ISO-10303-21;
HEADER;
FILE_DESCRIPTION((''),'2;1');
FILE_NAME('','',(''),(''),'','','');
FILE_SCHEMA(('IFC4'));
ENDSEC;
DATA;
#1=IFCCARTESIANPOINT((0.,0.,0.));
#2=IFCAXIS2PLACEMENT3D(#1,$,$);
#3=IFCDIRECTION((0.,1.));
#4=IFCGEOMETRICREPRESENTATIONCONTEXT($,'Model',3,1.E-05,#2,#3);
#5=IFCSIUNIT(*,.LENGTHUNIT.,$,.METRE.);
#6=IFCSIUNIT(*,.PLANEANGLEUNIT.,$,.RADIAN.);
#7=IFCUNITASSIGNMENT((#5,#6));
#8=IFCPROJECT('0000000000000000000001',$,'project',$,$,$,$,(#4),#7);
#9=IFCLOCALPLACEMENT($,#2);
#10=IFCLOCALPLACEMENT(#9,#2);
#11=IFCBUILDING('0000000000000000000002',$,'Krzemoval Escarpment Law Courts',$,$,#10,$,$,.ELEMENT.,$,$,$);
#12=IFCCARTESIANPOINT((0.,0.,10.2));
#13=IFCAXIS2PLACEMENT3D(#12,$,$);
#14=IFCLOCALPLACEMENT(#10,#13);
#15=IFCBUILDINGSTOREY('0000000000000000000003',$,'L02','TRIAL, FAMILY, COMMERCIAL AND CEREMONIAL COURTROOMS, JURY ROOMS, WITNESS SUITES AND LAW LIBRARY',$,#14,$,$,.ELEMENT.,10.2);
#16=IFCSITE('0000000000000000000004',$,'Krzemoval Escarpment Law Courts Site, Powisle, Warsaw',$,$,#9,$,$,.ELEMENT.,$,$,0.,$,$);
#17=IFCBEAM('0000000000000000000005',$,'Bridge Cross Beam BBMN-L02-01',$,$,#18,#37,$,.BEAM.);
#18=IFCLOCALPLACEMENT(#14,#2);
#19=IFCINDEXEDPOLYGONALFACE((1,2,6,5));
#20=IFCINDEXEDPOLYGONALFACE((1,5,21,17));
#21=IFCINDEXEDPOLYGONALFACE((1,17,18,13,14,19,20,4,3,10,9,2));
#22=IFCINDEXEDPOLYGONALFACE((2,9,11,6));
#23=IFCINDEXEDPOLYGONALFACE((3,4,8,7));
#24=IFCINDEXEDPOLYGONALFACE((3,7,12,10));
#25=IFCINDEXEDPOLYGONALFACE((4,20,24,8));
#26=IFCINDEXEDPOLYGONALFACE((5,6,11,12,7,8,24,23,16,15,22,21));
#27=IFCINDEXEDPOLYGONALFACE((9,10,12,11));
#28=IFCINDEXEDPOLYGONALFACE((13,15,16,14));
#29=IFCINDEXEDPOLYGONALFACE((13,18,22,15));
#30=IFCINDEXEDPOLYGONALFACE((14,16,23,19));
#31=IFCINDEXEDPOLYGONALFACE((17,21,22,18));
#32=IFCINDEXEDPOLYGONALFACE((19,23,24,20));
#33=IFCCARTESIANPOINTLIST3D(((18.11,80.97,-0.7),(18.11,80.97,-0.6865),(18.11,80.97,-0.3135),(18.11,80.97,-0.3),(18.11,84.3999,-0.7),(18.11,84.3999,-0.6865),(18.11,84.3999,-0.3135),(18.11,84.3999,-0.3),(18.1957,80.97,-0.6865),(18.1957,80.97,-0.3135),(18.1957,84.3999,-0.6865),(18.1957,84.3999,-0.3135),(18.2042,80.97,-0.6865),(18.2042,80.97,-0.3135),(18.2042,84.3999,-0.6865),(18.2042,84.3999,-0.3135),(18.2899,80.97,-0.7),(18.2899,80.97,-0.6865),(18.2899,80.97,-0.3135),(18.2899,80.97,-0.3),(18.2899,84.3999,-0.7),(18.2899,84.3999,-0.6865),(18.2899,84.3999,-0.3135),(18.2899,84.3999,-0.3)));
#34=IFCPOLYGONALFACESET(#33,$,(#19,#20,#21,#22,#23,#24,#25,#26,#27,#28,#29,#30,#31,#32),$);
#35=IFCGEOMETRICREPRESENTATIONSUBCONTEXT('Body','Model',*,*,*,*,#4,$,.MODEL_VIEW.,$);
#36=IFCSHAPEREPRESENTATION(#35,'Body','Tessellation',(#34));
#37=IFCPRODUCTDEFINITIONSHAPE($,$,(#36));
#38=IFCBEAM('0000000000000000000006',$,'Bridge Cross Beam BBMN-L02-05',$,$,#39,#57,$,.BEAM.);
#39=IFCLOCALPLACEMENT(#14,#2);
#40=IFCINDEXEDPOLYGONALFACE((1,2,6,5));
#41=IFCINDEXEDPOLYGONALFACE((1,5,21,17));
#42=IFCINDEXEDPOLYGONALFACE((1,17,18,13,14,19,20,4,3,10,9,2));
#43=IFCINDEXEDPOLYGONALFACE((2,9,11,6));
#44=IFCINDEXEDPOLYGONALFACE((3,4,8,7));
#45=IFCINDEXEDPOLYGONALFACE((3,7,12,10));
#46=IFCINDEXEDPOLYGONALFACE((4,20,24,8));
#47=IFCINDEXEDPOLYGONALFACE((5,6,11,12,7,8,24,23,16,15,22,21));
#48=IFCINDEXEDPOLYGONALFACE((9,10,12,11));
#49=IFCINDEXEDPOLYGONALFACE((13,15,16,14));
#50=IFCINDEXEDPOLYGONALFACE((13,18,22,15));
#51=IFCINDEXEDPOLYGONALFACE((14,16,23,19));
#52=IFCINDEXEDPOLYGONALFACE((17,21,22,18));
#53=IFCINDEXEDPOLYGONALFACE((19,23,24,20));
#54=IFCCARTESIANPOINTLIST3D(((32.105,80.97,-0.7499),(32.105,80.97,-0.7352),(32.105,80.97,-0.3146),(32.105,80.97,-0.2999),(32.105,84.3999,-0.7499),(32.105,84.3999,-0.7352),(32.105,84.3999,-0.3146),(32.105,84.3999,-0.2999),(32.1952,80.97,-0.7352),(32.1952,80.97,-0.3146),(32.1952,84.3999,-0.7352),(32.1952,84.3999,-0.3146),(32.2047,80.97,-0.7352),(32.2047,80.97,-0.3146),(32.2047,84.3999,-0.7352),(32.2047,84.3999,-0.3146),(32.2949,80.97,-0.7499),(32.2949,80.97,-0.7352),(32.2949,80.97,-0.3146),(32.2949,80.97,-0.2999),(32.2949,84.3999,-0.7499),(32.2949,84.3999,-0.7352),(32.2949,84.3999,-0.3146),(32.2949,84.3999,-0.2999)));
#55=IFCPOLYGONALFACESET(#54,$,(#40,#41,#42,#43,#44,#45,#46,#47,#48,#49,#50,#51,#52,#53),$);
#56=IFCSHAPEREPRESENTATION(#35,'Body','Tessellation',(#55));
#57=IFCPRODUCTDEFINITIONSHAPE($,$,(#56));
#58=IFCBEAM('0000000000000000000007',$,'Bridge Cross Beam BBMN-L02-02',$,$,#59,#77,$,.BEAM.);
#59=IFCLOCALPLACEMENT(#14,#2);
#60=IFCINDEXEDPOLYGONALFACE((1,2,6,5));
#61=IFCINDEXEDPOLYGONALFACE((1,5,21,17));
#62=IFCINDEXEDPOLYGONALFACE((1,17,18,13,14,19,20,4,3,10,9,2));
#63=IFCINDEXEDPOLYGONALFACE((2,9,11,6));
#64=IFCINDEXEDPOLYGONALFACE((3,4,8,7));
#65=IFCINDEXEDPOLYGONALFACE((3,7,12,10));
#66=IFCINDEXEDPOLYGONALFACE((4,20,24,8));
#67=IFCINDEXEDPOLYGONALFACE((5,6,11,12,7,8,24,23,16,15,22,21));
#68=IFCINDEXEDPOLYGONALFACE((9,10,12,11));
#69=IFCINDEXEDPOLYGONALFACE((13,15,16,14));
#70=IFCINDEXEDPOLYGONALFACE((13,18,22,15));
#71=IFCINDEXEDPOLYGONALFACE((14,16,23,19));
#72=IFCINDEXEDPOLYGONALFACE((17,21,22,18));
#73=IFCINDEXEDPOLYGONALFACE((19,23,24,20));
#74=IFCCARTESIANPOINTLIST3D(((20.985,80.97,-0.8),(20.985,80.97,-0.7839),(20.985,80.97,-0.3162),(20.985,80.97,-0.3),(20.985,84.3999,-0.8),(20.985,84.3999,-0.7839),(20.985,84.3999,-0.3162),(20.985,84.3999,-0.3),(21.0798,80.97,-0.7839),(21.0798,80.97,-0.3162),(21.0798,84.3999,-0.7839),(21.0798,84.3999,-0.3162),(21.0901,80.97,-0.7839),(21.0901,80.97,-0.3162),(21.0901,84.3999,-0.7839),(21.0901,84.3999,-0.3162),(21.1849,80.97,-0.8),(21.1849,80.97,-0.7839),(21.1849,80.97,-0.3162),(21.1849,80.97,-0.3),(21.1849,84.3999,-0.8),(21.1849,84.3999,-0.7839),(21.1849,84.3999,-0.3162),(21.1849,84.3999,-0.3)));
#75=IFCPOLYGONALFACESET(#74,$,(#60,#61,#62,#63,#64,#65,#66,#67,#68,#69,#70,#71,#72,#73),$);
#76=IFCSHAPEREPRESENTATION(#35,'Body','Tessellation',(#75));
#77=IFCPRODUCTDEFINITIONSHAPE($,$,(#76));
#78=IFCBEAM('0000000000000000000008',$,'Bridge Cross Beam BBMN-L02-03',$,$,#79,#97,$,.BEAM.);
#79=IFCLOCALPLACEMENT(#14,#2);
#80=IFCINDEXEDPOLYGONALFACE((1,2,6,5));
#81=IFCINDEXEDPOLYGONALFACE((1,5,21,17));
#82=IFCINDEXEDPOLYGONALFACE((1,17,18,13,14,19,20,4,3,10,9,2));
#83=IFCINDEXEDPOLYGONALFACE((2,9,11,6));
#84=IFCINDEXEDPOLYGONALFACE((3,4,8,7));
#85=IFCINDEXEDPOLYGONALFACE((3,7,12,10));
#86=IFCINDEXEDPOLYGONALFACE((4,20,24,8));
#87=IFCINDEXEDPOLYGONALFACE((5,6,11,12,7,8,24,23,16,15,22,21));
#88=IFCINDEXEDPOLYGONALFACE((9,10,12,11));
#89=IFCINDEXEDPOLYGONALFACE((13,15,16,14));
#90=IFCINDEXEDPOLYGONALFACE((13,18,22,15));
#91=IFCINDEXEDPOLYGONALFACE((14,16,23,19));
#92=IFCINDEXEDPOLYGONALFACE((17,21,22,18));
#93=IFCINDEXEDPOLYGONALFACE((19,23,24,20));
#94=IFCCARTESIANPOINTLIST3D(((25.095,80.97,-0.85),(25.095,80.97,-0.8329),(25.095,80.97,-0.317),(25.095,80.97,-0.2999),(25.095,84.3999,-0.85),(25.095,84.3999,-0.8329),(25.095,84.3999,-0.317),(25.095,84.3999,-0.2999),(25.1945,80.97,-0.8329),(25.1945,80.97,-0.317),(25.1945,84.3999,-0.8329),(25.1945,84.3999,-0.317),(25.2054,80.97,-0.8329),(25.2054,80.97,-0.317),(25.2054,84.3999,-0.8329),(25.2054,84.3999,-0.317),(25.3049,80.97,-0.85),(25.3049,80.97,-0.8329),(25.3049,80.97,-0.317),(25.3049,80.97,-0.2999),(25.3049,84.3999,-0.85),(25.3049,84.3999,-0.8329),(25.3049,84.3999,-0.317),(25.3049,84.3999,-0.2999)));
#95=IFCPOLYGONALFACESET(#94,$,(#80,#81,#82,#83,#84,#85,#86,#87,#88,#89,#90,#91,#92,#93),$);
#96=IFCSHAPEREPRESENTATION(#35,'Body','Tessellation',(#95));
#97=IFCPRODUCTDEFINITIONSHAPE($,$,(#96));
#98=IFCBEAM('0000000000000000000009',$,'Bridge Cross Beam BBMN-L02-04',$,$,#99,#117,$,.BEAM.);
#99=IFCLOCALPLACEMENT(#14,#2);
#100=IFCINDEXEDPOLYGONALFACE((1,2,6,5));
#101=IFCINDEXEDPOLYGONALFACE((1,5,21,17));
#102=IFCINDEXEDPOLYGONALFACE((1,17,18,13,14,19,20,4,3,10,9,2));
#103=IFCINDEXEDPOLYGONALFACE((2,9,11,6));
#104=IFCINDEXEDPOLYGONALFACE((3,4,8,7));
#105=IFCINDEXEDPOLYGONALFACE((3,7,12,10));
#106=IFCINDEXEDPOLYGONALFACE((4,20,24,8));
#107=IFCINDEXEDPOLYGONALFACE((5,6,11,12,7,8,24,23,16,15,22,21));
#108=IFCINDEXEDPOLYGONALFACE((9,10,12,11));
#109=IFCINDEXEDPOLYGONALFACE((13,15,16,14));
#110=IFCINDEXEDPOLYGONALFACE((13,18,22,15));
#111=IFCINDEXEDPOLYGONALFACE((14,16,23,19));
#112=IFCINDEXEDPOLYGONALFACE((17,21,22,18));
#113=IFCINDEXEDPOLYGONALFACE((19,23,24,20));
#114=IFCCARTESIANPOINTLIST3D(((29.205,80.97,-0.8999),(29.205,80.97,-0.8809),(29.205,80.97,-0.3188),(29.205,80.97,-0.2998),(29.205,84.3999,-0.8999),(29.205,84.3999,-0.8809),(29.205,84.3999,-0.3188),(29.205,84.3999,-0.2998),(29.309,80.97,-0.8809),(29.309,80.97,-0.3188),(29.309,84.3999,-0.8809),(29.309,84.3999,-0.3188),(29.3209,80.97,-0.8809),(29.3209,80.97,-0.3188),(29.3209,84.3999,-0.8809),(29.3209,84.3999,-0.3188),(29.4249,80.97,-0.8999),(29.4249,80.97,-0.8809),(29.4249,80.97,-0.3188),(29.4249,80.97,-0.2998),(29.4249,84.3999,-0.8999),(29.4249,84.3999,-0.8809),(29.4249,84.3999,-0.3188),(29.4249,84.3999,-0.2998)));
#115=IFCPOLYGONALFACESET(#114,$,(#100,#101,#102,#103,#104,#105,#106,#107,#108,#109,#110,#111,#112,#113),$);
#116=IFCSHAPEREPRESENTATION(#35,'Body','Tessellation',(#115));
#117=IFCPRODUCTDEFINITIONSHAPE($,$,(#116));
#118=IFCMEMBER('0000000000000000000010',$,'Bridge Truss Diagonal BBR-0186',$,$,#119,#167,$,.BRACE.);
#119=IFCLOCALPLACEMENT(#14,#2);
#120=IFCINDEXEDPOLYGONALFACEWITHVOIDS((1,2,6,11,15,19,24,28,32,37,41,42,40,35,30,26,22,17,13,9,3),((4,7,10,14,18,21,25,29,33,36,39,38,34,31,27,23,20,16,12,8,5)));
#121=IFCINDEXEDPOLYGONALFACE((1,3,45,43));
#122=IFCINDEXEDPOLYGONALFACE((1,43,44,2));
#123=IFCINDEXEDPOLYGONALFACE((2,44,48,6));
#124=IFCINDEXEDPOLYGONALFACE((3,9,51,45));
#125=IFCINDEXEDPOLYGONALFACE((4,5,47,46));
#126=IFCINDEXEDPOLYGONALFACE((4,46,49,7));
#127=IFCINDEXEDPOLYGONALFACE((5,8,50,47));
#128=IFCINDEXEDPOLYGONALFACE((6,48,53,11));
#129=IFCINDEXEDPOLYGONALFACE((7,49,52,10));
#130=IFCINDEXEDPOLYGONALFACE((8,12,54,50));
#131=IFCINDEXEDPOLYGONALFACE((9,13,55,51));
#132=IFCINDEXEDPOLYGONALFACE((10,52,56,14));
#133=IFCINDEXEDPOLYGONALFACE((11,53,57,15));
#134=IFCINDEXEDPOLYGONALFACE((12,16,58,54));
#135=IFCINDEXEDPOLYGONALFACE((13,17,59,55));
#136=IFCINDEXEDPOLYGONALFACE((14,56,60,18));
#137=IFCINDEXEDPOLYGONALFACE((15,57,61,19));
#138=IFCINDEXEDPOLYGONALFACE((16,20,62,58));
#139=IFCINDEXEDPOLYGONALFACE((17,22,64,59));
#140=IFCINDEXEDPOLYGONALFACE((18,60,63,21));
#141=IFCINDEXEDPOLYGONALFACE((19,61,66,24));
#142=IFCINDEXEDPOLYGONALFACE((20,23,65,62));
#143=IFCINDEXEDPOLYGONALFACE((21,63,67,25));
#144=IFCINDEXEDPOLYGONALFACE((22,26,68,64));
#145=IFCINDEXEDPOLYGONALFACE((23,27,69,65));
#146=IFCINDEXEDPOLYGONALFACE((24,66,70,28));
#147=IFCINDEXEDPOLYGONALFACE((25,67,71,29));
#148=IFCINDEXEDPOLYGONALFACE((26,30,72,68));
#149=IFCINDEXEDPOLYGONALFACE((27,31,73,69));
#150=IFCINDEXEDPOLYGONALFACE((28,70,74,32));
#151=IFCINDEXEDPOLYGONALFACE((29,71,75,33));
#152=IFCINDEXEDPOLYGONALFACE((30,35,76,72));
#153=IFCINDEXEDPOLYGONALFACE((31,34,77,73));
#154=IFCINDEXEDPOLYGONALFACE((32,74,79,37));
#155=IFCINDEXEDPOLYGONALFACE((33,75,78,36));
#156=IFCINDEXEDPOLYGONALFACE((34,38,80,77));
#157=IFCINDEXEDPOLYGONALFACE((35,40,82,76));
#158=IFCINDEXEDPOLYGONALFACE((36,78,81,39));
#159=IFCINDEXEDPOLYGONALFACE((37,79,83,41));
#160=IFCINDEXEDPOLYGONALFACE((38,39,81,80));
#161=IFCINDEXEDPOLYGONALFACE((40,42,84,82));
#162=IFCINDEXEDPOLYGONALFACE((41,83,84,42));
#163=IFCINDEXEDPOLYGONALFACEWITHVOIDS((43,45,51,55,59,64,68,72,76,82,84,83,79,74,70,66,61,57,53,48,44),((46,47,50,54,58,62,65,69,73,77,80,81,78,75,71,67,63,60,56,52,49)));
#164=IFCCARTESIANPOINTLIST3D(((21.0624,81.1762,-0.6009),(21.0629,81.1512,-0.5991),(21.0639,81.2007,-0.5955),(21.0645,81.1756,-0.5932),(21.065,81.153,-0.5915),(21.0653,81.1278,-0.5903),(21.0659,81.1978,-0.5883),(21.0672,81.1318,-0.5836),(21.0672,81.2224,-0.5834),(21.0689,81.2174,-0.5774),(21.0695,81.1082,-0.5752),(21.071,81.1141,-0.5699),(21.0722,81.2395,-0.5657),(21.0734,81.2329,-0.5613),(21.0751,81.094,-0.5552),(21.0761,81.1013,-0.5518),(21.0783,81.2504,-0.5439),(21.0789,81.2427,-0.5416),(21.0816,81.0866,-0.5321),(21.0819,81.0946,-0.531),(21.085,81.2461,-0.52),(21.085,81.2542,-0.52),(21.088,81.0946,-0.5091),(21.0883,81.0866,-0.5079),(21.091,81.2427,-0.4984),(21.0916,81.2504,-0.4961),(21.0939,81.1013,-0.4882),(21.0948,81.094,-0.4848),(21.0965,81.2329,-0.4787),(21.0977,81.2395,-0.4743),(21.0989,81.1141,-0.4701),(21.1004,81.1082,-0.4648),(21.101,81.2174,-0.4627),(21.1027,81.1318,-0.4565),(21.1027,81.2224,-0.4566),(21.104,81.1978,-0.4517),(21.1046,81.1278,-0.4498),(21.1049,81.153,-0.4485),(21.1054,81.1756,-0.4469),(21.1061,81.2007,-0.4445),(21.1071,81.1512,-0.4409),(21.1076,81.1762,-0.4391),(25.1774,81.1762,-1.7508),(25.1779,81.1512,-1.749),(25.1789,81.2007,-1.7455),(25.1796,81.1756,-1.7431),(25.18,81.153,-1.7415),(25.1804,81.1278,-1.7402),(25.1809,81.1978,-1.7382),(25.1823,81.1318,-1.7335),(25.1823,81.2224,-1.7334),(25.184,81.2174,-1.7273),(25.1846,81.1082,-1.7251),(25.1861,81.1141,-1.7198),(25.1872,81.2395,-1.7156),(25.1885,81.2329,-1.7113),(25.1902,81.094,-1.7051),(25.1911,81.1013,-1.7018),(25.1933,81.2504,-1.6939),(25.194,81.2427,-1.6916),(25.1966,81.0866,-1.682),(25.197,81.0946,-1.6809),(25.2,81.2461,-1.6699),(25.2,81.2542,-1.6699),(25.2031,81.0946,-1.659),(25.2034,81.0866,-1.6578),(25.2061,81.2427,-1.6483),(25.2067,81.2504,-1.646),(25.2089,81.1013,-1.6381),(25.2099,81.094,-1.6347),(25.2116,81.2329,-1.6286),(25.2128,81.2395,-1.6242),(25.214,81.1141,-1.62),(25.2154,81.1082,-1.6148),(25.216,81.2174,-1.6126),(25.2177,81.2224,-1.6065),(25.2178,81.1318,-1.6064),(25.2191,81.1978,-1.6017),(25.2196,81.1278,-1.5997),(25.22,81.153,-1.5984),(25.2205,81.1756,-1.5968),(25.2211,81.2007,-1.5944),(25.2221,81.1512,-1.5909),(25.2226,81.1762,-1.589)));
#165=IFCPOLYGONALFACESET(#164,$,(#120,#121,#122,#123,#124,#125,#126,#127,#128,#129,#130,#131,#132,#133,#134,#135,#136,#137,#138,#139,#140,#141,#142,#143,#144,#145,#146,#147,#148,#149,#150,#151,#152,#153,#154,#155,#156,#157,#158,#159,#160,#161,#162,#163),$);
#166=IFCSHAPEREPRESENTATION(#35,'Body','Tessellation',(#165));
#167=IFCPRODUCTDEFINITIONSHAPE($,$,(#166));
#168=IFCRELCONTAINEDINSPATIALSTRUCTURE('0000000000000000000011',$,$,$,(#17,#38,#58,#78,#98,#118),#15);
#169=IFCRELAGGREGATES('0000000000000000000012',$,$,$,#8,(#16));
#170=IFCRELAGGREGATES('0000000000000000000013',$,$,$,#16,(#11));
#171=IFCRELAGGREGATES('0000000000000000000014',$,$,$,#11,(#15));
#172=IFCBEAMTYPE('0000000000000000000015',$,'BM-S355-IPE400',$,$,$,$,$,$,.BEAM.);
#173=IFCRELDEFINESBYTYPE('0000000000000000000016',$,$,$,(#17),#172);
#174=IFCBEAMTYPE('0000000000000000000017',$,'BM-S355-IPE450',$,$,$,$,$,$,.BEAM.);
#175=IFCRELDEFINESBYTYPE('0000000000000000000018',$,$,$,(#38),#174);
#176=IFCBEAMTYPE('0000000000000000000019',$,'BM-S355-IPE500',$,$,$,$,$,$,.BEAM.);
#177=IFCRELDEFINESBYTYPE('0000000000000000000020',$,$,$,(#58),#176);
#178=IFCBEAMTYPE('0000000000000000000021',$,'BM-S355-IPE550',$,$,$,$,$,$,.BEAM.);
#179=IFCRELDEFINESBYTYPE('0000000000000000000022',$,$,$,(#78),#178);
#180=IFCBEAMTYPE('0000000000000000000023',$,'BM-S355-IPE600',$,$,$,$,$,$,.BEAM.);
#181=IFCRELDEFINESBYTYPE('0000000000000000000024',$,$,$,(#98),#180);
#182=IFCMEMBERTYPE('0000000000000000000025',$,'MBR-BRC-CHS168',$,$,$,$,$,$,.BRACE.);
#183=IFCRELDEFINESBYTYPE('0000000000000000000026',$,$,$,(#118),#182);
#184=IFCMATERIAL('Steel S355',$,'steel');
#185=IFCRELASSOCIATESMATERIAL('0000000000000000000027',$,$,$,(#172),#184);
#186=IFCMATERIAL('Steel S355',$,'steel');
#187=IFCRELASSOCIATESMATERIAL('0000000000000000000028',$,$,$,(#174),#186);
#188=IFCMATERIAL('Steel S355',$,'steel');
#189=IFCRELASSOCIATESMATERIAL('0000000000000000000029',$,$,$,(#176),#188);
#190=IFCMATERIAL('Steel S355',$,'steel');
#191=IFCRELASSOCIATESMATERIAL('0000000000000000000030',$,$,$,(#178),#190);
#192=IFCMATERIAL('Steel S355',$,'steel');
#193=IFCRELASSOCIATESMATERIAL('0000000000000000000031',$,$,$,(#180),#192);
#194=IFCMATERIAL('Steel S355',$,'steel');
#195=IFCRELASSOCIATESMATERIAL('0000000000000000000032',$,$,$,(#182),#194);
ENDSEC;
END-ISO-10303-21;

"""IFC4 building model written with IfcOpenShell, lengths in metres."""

from ifc_helpers import new_model, si_unit, direction, frame, origin, origin_2d, place, context, subcontext, project, spatial, hollow_circle, i_section, extrude, material, material_profile, profile_set, type_object, element, save


model = new_model("IFC4")

# Units and contexts
model_context = context("Model", 3, precision=1e-05, world=origin(), true_north=direction((0.0, 1.0)))
body_context = subcontext(model_context, "Body", "Model", "MODEL_VIEW")
ifc_project = project(units=[si_unit("LENGTHUNIT", "METRE"), si_unit("PLANEANGLEUNIT", "RADIAN")], contexts=[model_context])

# Site, building, storey
site_placement = place(None, origin())
site = spatial("IfcSite", under=ifc_project, at=site_placement, Name="Krzemoval Escarpment Law Courts Site, Powisle, Warsaw", CompositionType="ELEMENT", RefElevation=0.0)
building_placement = place(site_placement, origin())
building = spatial("IfcBuilding", under=site, at=building_placement, Name="Krzemoval Escarpment Law Courts", CompositionType="ELEMENT")
storey_placement = place(building_placement, frame((0.0, 0.0, 10.2)))
storey = spatial("IfcBuildingStorey", under=building, at=storey_placement, Name="L02", Description="TRIAL, FAMILY, COMMERCIAL AND CEREMONIAL COURTROOMS, JURY ROOMS, WITNESS SUITES AND LAW LIBRARY", CompositionType="ELEMENT", Elevation=10.2)

# Beams
ifc_material_1 = material(Name="Steel S355", Category="steel")
ifc_material_profile_1 = material_profile(ifc_material_1, i_section(OverallWidth=0.1799, OverallDepth=0.3999, WebThickness=0.0085, FlangeThickness=0.0134, at=origin_2d()), Name="IPE 400")
ifc_profile_set_1 = profile_set([ifc_material_profile_1], Name="Steel S355")
beam_type_1 = type_object("IfcBeamType", Name="BM-S355-IPE400", PredefinedType="BEAM", material=ifc_profile_set_1)
beam_1_placement = place(storey_placement, frame((18.2, 80.97, -0.5), z_axis=(0.0, 1.0, 0.0), x_axis=(-1.0, 0.0, 0.0)))
element("IfcBeam", 1, at=beam_1_placement, inside=storey, type_object=beam_type_1, Name="Bridge Cross Beam BBMN-L02-01", PredefinedType="BEAM", context=body_context, shape_type="SweptSolid", body=[
    extrude(i_section(OverallWidth=0.1799, OverallDepth=0.3999, WebThickness=0.0085, FlangeThickness=0.0134, at=origin_2d()), origin(), (0.0, 0.0, 1.0), 3.4299),
])
ifc_material_2 = material(Name="Steel S355", Category="steel")
ifc_material_profile_2 = material_profile(ifc_material_2, i_section(OverallWidth=0.1899, OverallDepth=0.45, WebThickness=0.0095, FlangeThickness=0.0146, at=origin_2d()), Name="IPE 450")
ifc_profile_set_2 = profile_set([ifc_material_profile_2], Name="Steel S355")
beam_type_2 = type_object("IfcBeamType", Name="BM-S355-IPE450", PredefinedType="BEAM", material=ifc_profile_set_2)
beam_2_placement = place(storey_placement, frame((32.2, 80.97, -0.5249), z_axis=(0.0, 1.0, 0.0), x_axis=(-1.0, 0.0, 0.0)))
element("IfcBeam", 2, at=beam_2_placement, inside=storey, type_object=beam_type_2, Name="Bridge Cross Beam BBMN-L02-05", PredefinedType="BEAM", context=body_context, shape_type="SweptSolid", body=[
    extrude(i_section(OverallWidth=0.1899, OverallDepth=0.45, WebThickness=0.0095, FlangeThickness=0.0146, at=origin_2d()), origin(), (0.0, 0.0, 1.0), 3.4299),
])
ifc_material_3 = material(Name="Steel S355", Category="steel")
ifc_material_profile_3 = material_profile(ifc_material_3, i_section(OverallWidth=0.2, OverallDepth=0.5, WebThickness=0.0103, FlangeThickness=0.0161, at=origin_2d()), Name="IPE 500")
ifc_profile_set_3 = profile_set([ifc_material_profile_3], Name="Steel S355")
beam_type_3 = type_object("IfcBeamType", Name="BM-S355-IPE500", PredefinedType="BEAM", material=ifc_profile_set_3)
beam_3_placement = place(storey_placement, frame((21.085, 80.97, -0.55), z_axis=(0.0, 1.0, 0.0), x_axis=(-1.0, 0.0, 0.0)))
element("IfcBeam", 3, at=beam_3_placement, inside=storey, type_object=beam_type_3, Name="Bridge Cross Beam BBMN-L02-02", PredefinedType="BEAM", context=body_context, shape_type="SweptSolid", body=[
    extrude(i_section(OverallWidth=0.2, OverallDepth=0.5, WebThickness=0.0103, FlangeThickness=0.0161, at=origin_2d()), origin(), (0.0, 0.0, 1.0), 3.4299),
])
ifc_material_4 = material(Name="Steel S355", Category="steel")
ifc_material_profile_4 = material_profile(ifc_material_4, i_section(OverallWidth=0.21, OverallDepth=0.55, WebThickness=0.011, FlangeThickness=0.0171, at=origin_2d()), Name="IPE 550")
ifc_profile_set_4 = profile_set([ifc_material_profile_4], Name="Steel S355")
beam_type_4 = type_object("IfcBeamType", Name="BM-S355-IPE550", PredefinedType="BEAM", material=ifc_profile_set_4)
beam_4_placement = place(storey_placement, frame((25.2, 80.97, -0.575), z_axis=(0.0, 1.0, 0.0), x_axis=(-1.0, 0.0, 0.0)))
element("IfcBeam", 4, at=beam_4_placement, inside=storey, type_object=beam_type_4, Name="Bridge Cross Beam BBMN-L02-03", PredefinedType="BEAM", context=body_context, shape_type="SweptSolid", body=[
    extrude(i_section(OverallWidth=0.21, OverallDepth=0.55, WebThickness=0.011, FlangeThickness=0.0171, at=origin_2d()), origin(), (0.0, 0.0, 1.0), 3.4299),
])
ifc_material_5 = material(Name="Steel S355", Category="steel")
ifc_material_profile_5 = material_profile(ifc_material_5, i_section(OverallWidth=0.22, OverallDepth=0.6001, WebThickness=0.012, FlangeThickness=0.019, at=origin_2d()), Name="IPE 600")
ifc_profile_set_5 = profile_set([ifc_material_profile_5], Name="Steel S355")
beam_type_5 = type_object("IfcBeamType", Name="BM-S355-IPE600", PredefinedType="BEAM", material=ifc_profile_set_5)
beam_5_placement = place(storey_placement, frame((29.3149, 80.97, -0.5999), z_axis=(0.0, 1.0, 0.0), x_axis=(-1.0, 0.0, 0.0)))
element("IfcBeam", 5, at=beam_5_placement, inside=storey, type_object=beam_type_5, Name="Bridge Cross Beam BBMN-L02-04", PredefinedType="BEAM", context=body_context, shape_type="SweptSolid", body=[
    extrude(i_section(OverallWidth=0.22, OverallDepth=0.6001, WebThickness=0.012, FlangeThickness=0.019, at=origin_2d()), origin(), (0.0, 0.0, 1.0), 3.4299),
])

# Member
ifc_material_6 = material(Name="Steel S355", Category="steel")
ifc_material_profile_6 = material_profile(ifc_material_6, hollow_circle(Radius=0.0842, WallThickness=0.0081, at=origin_2d()), Name="CHS 168.3x8")
ifc_profile_set_6 = profile_set([ifc_material_profile_6], Name="Steel S355")
member_type_1 = type_object("IfcMemberType", Name="MBR-BRC-CHS168", PredefinedType="BRACE", material=ifc_profile_set_6)
for number, where, z_axis, x_axis, name in (
    (6, (21.085, 81.1699, -0.52), (0.963103, 0.0, -0.269132), (0.0, 1.0, 0.0), "Bridge Truss Diagonal BBR-0186"),
):
    element("IfcMember", number, at=place(storey_placement, frame(where, z_axis=z_axis, x_axis=x_axis)), inside=storey, type_object=member_type_1, Name=name, PredefinedType="BRACE", context=body_context, shape_type="SweptSolid", body=[
        extrude(hollow_circle(Radius=0.0842, WallThickness=0.0081, at=origin_2d()), origin(), (0.0, 0.0, 1.0), 4.2727),
    ])

save(model, "model.ifc")
